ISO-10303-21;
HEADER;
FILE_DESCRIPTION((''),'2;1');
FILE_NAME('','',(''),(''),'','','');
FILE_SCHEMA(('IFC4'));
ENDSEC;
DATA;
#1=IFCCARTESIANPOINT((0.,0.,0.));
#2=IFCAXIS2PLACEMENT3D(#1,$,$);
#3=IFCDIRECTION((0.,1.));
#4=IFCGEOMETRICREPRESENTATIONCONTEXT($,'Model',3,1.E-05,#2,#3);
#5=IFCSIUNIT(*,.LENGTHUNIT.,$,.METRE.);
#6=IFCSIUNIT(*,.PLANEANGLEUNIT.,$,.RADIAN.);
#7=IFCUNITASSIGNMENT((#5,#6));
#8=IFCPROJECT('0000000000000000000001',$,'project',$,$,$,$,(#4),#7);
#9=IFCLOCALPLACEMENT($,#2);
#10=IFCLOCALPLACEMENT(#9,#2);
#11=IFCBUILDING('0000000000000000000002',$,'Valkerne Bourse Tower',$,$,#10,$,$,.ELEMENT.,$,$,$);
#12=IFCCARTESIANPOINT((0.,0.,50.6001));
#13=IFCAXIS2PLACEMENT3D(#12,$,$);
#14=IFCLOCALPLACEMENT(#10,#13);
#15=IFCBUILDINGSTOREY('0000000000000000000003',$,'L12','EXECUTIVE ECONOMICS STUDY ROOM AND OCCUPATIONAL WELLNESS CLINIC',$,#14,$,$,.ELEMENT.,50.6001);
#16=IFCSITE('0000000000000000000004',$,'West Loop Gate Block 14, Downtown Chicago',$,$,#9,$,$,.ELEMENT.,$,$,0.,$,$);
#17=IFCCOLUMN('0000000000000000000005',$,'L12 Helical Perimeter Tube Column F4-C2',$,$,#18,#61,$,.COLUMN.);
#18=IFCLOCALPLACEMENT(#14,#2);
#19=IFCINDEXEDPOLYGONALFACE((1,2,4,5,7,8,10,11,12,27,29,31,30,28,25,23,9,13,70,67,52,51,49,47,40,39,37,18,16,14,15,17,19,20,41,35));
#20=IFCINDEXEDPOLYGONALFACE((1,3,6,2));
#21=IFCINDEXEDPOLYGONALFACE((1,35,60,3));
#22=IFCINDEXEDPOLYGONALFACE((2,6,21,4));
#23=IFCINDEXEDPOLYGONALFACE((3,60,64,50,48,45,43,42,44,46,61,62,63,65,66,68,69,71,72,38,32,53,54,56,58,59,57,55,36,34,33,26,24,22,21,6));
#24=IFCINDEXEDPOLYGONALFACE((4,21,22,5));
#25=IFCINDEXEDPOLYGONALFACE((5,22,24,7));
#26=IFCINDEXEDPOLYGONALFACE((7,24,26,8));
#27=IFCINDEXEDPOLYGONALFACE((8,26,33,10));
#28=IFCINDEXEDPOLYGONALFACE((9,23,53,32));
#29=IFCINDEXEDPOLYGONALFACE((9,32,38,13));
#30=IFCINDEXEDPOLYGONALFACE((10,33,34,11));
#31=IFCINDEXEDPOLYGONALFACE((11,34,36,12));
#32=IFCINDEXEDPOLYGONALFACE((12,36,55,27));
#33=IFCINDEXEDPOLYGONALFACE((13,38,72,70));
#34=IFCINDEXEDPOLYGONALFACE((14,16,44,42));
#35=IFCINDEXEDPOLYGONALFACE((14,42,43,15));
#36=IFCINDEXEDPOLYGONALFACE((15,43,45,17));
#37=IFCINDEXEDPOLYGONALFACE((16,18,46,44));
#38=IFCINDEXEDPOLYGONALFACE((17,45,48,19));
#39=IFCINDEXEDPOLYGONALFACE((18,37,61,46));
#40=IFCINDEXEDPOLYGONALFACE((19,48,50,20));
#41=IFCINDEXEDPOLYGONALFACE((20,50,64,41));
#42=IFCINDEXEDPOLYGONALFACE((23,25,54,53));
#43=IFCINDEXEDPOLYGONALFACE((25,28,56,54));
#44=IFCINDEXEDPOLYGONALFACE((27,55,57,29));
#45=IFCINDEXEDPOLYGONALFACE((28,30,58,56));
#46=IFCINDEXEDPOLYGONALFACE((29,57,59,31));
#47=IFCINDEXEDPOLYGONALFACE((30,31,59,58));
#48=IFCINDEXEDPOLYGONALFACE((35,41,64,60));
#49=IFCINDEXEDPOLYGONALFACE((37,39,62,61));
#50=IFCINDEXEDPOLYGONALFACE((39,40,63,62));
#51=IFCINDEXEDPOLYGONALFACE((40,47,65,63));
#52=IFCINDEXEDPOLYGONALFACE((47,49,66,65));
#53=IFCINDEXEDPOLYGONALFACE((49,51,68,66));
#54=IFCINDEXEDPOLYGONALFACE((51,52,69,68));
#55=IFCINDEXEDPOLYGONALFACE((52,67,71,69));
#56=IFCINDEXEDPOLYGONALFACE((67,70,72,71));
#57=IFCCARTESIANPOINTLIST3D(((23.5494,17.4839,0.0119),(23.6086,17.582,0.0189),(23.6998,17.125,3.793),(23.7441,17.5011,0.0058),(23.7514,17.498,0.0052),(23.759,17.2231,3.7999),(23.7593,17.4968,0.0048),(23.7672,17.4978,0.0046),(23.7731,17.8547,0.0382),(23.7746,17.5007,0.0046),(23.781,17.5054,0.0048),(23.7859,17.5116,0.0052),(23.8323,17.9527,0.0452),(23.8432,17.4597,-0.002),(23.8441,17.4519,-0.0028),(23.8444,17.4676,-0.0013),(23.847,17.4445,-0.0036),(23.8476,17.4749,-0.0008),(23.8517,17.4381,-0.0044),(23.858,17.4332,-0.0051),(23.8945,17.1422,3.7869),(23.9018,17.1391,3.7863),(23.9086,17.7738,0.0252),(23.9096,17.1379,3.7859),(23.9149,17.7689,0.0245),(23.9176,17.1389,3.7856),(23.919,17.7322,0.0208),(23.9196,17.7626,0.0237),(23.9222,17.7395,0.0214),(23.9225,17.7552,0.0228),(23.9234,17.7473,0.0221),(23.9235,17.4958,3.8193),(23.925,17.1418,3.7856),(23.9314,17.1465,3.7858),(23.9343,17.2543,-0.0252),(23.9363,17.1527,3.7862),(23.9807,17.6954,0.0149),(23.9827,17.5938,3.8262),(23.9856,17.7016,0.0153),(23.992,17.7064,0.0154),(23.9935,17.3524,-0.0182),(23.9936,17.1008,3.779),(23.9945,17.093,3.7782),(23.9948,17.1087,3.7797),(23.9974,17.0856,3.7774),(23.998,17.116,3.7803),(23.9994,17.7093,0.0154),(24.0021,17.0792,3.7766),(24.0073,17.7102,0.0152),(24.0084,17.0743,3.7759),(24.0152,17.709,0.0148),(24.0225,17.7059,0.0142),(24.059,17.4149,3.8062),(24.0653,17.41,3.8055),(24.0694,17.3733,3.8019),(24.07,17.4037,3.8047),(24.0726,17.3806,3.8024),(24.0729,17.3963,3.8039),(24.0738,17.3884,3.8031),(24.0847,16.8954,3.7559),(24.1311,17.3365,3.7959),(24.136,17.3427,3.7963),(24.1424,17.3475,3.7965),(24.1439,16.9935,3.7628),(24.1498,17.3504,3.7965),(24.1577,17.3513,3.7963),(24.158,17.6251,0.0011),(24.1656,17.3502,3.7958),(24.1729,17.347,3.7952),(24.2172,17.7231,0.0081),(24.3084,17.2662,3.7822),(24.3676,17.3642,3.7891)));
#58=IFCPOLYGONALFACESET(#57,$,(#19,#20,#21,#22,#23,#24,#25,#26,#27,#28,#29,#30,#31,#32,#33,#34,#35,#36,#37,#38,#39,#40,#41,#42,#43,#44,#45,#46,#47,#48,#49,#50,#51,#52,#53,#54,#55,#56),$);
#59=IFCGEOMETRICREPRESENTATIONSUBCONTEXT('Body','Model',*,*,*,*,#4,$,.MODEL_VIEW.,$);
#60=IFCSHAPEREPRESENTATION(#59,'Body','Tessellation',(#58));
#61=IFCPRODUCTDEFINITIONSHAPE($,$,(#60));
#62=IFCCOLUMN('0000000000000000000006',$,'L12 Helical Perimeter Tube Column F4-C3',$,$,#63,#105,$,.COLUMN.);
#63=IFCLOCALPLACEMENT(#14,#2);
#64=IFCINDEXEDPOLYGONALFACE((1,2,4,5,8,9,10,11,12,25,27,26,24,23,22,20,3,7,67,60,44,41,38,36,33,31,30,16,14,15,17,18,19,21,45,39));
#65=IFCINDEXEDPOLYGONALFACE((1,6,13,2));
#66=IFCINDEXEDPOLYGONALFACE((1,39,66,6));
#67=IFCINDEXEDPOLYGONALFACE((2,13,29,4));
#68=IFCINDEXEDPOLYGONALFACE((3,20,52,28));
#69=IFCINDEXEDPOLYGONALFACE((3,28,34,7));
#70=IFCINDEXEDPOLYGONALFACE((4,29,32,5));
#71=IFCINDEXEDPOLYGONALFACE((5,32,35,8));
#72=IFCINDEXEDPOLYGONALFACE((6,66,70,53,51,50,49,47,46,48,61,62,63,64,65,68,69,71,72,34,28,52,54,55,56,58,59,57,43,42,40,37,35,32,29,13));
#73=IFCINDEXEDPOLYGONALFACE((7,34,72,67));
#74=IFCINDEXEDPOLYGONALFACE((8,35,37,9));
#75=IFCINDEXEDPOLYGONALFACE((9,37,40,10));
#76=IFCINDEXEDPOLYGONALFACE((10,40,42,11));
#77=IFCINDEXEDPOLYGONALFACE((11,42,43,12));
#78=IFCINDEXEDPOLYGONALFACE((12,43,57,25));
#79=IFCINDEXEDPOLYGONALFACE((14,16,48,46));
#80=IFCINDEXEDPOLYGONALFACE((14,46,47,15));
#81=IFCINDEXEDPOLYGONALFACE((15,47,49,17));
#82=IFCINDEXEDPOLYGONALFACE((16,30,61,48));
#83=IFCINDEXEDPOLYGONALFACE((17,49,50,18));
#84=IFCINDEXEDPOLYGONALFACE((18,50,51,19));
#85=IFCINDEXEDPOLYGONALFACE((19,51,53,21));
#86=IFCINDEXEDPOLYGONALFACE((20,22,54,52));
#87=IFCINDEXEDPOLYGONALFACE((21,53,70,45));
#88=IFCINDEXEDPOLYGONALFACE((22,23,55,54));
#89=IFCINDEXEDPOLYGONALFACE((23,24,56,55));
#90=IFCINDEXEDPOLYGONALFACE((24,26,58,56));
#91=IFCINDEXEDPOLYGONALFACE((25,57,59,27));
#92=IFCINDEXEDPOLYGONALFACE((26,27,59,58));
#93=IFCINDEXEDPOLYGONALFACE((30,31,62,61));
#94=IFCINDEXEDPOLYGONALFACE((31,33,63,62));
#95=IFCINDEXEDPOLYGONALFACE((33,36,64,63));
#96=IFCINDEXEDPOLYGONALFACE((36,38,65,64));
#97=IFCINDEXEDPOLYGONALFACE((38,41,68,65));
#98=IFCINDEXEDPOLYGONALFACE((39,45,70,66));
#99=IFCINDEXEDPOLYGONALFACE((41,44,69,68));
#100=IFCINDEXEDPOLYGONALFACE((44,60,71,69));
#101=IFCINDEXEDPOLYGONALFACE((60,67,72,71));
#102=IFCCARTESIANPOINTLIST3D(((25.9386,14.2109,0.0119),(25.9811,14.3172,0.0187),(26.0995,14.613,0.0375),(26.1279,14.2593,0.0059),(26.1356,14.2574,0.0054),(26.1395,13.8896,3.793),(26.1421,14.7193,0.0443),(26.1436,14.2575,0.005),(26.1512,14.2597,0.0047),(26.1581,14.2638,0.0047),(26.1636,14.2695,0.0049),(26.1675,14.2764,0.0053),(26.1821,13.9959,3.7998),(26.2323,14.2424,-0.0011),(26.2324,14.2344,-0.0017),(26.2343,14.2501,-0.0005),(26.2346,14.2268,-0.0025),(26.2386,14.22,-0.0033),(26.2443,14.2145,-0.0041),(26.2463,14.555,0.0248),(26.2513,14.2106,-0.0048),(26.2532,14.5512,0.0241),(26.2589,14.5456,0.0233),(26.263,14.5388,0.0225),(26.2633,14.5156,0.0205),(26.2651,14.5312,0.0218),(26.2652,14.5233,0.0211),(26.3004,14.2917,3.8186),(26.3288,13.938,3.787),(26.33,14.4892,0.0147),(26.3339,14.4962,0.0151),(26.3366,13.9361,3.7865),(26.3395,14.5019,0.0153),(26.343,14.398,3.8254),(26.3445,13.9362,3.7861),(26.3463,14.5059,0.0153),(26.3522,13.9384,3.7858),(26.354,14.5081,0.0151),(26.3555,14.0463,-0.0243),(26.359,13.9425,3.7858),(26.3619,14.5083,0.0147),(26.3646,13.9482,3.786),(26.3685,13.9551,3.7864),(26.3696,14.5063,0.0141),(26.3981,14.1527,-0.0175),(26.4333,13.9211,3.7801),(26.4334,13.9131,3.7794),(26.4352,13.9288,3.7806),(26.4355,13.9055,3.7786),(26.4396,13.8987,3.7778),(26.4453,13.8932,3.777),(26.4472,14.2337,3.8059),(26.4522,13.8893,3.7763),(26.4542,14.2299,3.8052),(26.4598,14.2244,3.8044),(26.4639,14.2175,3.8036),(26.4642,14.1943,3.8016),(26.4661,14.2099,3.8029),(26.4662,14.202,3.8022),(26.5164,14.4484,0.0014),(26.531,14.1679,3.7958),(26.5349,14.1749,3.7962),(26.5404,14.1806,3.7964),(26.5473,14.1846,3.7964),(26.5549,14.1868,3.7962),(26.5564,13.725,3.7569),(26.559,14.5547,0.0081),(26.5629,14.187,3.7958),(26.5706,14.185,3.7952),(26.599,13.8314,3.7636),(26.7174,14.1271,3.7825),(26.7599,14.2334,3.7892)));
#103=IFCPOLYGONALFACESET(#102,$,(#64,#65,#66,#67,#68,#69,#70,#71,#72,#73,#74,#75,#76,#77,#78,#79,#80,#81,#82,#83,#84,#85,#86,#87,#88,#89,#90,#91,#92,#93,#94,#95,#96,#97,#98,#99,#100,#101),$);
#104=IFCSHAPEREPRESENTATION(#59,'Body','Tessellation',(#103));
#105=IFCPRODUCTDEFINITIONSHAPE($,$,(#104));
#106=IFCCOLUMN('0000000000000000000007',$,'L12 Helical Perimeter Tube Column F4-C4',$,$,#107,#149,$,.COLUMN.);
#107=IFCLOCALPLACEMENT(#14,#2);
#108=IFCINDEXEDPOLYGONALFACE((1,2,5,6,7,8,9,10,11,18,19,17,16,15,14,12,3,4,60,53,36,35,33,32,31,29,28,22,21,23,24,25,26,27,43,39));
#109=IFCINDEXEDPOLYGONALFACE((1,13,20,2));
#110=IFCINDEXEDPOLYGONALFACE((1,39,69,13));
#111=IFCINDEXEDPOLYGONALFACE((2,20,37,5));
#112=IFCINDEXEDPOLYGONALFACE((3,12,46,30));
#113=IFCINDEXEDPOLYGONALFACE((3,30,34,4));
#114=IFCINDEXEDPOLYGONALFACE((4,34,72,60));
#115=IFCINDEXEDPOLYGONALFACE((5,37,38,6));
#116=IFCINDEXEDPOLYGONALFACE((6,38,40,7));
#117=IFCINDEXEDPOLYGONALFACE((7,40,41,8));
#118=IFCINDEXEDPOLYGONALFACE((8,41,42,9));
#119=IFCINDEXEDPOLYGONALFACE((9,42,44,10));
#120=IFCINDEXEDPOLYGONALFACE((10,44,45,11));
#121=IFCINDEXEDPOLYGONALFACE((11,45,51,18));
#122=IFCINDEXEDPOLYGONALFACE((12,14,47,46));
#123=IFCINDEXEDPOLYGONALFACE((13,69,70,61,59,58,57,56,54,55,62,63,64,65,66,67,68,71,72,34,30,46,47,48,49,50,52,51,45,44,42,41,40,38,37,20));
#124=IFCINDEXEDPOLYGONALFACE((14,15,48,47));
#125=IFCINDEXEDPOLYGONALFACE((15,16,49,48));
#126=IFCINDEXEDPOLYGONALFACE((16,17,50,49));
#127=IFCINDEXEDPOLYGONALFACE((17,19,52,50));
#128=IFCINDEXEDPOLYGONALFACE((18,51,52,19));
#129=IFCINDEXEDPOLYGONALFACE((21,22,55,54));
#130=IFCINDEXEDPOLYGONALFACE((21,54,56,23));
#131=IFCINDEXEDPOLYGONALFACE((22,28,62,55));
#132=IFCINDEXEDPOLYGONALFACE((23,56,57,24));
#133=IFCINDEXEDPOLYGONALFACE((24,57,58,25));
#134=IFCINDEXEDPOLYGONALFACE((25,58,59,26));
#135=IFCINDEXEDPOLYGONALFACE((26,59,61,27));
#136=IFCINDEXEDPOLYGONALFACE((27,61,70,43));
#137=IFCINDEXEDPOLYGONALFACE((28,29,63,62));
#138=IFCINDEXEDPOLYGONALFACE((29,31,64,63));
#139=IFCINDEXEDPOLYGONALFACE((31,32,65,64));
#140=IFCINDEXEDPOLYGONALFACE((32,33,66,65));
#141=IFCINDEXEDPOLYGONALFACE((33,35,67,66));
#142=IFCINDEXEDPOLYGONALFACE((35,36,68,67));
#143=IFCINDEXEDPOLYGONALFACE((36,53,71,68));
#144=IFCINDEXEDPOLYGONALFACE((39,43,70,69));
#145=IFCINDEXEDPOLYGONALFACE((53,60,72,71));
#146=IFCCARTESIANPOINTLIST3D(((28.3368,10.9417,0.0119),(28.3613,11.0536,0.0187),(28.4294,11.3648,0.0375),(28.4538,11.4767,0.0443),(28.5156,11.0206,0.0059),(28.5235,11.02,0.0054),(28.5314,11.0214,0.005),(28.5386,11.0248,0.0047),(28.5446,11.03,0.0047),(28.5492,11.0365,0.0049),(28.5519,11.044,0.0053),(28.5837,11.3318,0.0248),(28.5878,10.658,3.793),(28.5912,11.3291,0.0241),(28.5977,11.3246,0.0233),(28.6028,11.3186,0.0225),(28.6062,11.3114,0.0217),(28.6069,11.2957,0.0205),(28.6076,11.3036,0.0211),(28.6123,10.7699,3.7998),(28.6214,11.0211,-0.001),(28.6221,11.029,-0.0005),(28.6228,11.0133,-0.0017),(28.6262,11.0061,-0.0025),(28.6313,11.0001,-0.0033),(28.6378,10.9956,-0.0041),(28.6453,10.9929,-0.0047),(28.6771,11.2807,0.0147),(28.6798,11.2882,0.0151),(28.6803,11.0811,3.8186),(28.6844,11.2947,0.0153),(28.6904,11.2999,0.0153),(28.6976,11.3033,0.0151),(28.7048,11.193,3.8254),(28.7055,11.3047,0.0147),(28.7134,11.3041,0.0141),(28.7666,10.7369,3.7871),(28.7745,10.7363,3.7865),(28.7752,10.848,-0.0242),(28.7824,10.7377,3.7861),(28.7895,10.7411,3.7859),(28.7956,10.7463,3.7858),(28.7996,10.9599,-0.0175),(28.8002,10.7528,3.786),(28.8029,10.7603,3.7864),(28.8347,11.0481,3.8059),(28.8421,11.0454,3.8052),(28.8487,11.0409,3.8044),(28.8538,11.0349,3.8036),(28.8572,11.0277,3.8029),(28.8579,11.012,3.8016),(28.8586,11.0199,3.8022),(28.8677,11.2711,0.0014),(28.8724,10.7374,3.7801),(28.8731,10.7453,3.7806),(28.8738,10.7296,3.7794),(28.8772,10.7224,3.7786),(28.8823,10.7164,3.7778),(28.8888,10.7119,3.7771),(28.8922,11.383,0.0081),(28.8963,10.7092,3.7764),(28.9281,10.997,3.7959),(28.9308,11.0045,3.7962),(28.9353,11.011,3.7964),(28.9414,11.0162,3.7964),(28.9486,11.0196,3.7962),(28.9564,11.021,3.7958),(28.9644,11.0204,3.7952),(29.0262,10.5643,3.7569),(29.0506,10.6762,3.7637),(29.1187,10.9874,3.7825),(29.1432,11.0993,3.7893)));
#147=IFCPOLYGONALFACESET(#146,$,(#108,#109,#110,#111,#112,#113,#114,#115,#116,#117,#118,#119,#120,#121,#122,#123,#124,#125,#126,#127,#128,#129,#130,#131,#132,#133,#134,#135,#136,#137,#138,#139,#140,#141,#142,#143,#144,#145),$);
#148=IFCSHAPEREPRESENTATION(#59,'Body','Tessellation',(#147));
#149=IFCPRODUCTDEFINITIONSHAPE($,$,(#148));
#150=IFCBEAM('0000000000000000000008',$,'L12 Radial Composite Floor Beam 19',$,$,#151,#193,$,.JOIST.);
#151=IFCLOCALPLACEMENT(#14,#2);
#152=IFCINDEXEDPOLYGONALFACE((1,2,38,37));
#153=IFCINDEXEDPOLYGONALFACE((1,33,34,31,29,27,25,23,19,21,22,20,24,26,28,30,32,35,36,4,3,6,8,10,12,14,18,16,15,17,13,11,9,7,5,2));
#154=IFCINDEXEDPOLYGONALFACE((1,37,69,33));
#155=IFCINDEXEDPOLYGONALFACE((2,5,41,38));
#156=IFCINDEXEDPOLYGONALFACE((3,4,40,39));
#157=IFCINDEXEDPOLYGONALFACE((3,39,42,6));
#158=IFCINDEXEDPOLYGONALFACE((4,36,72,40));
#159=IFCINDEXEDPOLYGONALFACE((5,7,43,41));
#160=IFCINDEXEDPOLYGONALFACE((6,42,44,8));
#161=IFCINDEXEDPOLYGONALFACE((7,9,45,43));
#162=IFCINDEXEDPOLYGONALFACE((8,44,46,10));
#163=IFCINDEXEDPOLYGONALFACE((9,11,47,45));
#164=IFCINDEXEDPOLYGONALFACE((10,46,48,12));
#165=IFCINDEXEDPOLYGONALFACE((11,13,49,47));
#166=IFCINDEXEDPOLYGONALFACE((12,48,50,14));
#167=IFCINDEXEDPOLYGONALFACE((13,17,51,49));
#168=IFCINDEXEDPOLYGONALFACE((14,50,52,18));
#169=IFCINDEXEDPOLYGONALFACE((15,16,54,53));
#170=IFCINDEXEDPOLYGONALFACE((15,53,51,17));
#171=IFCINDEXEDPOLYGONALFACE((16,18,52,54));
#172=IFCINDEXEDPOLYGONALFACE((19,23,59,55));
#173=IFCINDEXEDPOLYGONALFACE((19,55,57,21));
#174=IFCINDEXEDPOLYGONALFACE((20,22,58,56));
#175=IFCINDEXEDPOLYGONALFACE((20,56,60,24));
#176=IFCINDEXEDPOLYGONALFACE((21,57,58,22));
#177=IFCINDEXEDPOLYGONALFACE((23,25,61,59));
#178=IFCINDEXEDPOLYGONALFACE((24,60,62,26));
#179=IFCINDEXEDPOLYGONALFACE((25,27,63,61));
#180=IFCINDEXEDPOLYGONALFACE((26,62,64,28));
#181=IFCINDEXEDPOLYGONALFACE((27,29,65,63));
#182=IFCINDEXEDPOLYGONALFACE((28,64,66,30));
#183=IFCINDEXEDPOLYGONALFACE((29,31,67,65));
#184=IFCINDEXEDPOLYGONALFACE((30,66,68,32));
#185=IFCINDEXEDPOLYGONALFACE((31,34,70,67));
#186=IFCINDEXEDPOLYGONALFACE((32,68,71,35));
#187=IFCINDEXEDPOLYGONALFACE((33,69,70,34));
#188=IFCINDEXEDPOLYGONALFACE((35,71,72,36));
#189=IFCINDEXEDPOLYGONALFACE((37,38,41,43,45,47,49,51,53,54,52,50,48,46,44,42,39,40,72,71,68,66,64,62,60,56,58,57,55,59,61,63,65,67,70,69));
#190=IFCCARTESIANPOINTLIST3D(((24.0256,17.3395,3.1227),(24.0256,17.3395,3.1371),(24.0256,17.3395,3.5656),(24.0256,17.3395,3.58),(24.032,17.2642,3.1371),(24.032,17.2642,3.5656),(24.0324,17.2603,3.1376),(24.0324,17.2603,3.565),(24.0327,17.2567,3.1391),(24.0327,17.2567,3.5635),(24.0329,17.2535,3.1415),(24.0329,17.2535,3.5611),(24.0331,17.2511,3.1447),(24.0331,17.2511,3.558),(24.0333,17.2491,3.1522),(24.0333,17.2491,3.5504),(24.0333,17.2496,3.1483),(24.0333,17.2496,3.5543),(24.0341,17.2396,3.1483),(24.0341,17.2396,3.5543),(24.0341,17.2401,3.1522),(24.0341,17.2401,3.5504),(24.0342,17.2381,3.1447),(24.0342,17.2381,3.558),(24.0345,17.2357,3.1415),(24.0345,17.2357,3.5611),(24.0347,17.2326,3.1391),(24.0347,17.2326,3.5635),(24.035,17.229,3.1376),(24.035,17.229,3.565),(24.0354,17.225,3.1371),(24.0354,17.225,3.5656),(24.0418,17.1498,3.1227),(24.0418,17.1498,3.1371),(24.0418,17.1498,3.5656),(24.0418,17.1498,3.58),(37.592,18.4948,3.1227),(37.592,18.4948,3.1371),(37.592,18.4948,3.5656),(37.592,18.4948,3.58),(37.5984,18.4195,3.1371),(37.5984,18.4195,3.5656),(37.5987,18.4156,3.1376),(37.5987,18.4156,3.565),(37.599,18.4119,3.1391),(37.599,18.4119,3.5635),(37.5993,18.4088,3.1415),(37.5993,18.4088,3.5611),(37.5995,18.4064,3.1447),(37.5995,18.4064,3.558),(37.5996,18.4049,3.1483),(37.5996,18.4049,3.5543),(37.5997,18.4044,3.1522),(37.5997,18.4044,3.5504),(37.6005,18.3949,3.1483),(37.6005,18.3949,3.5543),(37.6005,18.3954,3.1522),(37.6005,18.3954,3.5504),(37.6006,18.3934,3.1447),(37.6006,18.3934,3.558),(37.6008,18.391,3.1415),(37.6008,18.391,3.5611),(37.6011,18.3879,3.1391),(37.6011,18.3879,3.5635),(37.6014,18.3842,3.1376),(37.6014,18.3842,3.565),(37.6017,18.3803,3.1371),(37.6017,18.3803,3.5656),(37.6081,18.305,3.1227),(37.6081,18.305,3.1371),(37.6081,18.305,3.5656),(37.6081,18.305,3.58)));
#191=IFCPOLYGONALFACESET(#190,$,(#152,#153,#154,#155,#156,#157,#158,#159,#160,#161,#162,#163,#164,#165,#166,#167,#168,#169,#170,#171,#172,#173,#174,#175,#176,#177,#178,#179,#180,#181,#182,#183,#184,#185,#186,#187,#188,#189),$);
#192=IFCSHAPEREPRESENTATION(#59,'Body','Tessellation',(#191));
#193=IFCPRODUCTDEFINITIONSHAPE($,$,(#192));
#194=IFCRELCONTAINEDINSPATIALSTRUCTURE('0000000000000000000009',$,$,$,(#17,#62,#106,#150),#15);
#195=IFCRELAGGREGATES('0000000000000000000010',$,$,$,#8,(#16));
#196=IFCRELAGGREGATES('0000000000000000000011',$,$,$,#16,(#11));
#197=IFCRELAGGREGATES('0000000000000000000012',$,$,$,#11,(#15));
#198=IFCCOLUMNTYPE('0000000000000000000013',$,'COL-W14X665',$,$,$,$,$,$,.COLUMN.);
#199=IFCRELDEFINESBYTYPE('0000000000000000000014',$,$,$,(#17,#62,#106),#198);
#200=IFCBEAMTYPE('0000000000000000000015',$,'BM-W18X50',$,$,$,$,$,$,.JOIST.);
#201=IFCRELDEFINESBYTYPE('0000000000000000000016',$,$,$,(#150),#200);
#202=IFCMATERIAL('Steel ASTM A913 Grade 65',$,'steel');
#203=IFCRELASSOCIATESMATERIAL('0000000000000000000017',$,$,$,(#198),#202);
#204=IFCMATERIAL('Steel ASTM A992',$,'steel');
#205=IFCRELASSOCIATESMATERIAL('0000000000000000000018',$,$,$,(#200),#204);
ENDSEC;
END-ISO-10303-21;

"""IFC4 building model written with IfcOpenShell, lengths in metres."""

from ifc_helpers import new_model, si_unit, direction, frame, origin, origin_2d, place, context, subcontext, project, spatial, i_section, extrude, material, material_profile, profile_set, type_object, element, save


model = new_model("IFC4")

# Units and contexts
model_context = context("Model", 3, precision=1e-05, world=origin(), true_north=direction((0.0, 1.0)))
body_context = subcontext(model_context, "Body", "Model", "MODEL_VIEW")
ifc_project = project(units=[si_unit("LENGTHUNIT", "METRE"), si_unit("PLANEANGLEUNIT", "RADIAN")], contexts=[model_context])

# Site, building, storey
site_placement = place(None, origin())
site = spatial("IfcSite", under=ifc_project, at=site_placement, Name="West Loop Gate Block 14, Downtown Chicago", CompositionType="ELEMENT", RefElevation=0.0)
building_placement = place(site_placement, origin())
building = spatial("IfcBuilding", under=site, at=building_placement, Name="Valkerne Bourse Tower", CompositionType="ELEMENT")
storey_placement = place(building_placement, frame((0.0, 0.0, 50.6001)))
storey = spatial("IfcBuildingStorey", under=building, at=storey_placement, Name="L12", Description="EXECUTIVE ECONOMICS STUDY ROOM AND OCCUPATIONAL WELLNESS CLINIC", CompositionType="ELEMENT", Elevation=50.6001)

# Columns
ifc_material_1 = material(Name="Steel ASTM A913 Grade 65", Category="steel")
ifc_material_profile_1 = material_profile(ifc_material_1, i_section(OverallWidth=0.4497, OverallDepth=0.5486, WebThickness=0.072, FlangeThickness=0.1147, FilletRadius=0.0305, at=origin_2d()), Name="W14X665")
ifc_profile_set_1 = profile_set([ifc_material_profile_1], Name="Steel ASTM A913 Grade 65")
column_type = type_object("IfcColumnType", Name="COL-W14X665", PredefinedType="COLUMN", material=ifc_profile_set_1)
column_placement = place(storey_placement, frame((23.8833, 17.6035, 0.01), z_axis=(0.039566, -0.09442, 0.994746), x_axis=(0.855854, -0.510594, -0.082507)))
element("IfcColumn", 1, at=column_placement, inside=storey, type_object=column_type, Name="L12 Helical Perimeter Tube Column F4-C2", PredefinedType="COLUMN", context=body_context, shape_type="SweptSolid", body=[
    extrude(i_section(OverallWidth=0.4497, OverallDepth=0.5486, WebThickness=0.072, FlangeThickness=0.1147, FilletRadius=0.0305, at=origin_2d()), origin(), (0.0, 0.0, 1.0), 3.801),
])
for number, where, z_axis, x_axis, name in (
    (2, (26.2488, 14.3828, 0.01), (0.052876, -0.084551, 0.995015), (0.927138, -0.365999, -0.08037), "L12 Helical Perimeter Tube Column F4-C3"),
    (3, (28.6145, 11.1624, 0.01), (0.066048, -0.074657, 0.99502), (0.974751, -0.208342, -0.080334), "L12 Helical Perimeter Tube Column F4-C4"),
):
    element("IfcColumn", number, at=place(storey_placement, frame(where, z_axis=z_axis, x_axis=x_axis)), inside=storey, type_object=column_type, Name=name, PredefinedType="COLUMN", context=body_context, shape_type="SweptSolid", body=[
        extrude(i_section(OverallWidth=0.4497, OverallDepth=0.5486, WebThickness=0.072, FlangeThickness=0.1147, FilletRadius=0.0305, at=origin_2d()), origin(), (0.0, 0.0, 1.0), 3.8),
    ])

# Beam
ifc_material_2 = material(Name="Steel ASTM A992", Category="steel")
ifc_material_profile_2 = material_profile(ifc_material_2, i_section(OverallWidth=0.1904, OverallDepth=0.4573, WebThickness=0.009, FlangeThickness=0.0144, FilletRadius=0.0151, at=origin_2d()), Name="W18X50")
ifc_profile_set_2 = profile_set([ifc_material_profile_2], Name="Steel ASTM A992")
beam_type_1 = type_object("IfcBeamType", Name="BM-W18X50", PredefinedType="JOIST", material=ifc_profile_set_2)
beam_1_placement = place(storey_placement, frame((24.0337, 17.2446, 3.3513), z_axis=(0.996394, 0.08485, 0.0), x_axis=(-0.08485, 0.996394, 0.0)))
element("IfcBeam", 4, at=beam_1_placement, inside=storey, type_object=beam_type_1, Name="L12 Radial Composite Floor Beam 19", PredefinedType="JOIST", context=body_context, shape_type="SweptSolid", body=[
    extrude(i_section(OverallWidth=0.1904, OverallDepth=0.4573, WebThickness=0.009, FlangeThickness=0.0144, FilletRadius=0.0151, at=origin_2d()), origin(), (0.0, 0.0, 1.0), 13.6155),
])

save(model, "model.ifc")
